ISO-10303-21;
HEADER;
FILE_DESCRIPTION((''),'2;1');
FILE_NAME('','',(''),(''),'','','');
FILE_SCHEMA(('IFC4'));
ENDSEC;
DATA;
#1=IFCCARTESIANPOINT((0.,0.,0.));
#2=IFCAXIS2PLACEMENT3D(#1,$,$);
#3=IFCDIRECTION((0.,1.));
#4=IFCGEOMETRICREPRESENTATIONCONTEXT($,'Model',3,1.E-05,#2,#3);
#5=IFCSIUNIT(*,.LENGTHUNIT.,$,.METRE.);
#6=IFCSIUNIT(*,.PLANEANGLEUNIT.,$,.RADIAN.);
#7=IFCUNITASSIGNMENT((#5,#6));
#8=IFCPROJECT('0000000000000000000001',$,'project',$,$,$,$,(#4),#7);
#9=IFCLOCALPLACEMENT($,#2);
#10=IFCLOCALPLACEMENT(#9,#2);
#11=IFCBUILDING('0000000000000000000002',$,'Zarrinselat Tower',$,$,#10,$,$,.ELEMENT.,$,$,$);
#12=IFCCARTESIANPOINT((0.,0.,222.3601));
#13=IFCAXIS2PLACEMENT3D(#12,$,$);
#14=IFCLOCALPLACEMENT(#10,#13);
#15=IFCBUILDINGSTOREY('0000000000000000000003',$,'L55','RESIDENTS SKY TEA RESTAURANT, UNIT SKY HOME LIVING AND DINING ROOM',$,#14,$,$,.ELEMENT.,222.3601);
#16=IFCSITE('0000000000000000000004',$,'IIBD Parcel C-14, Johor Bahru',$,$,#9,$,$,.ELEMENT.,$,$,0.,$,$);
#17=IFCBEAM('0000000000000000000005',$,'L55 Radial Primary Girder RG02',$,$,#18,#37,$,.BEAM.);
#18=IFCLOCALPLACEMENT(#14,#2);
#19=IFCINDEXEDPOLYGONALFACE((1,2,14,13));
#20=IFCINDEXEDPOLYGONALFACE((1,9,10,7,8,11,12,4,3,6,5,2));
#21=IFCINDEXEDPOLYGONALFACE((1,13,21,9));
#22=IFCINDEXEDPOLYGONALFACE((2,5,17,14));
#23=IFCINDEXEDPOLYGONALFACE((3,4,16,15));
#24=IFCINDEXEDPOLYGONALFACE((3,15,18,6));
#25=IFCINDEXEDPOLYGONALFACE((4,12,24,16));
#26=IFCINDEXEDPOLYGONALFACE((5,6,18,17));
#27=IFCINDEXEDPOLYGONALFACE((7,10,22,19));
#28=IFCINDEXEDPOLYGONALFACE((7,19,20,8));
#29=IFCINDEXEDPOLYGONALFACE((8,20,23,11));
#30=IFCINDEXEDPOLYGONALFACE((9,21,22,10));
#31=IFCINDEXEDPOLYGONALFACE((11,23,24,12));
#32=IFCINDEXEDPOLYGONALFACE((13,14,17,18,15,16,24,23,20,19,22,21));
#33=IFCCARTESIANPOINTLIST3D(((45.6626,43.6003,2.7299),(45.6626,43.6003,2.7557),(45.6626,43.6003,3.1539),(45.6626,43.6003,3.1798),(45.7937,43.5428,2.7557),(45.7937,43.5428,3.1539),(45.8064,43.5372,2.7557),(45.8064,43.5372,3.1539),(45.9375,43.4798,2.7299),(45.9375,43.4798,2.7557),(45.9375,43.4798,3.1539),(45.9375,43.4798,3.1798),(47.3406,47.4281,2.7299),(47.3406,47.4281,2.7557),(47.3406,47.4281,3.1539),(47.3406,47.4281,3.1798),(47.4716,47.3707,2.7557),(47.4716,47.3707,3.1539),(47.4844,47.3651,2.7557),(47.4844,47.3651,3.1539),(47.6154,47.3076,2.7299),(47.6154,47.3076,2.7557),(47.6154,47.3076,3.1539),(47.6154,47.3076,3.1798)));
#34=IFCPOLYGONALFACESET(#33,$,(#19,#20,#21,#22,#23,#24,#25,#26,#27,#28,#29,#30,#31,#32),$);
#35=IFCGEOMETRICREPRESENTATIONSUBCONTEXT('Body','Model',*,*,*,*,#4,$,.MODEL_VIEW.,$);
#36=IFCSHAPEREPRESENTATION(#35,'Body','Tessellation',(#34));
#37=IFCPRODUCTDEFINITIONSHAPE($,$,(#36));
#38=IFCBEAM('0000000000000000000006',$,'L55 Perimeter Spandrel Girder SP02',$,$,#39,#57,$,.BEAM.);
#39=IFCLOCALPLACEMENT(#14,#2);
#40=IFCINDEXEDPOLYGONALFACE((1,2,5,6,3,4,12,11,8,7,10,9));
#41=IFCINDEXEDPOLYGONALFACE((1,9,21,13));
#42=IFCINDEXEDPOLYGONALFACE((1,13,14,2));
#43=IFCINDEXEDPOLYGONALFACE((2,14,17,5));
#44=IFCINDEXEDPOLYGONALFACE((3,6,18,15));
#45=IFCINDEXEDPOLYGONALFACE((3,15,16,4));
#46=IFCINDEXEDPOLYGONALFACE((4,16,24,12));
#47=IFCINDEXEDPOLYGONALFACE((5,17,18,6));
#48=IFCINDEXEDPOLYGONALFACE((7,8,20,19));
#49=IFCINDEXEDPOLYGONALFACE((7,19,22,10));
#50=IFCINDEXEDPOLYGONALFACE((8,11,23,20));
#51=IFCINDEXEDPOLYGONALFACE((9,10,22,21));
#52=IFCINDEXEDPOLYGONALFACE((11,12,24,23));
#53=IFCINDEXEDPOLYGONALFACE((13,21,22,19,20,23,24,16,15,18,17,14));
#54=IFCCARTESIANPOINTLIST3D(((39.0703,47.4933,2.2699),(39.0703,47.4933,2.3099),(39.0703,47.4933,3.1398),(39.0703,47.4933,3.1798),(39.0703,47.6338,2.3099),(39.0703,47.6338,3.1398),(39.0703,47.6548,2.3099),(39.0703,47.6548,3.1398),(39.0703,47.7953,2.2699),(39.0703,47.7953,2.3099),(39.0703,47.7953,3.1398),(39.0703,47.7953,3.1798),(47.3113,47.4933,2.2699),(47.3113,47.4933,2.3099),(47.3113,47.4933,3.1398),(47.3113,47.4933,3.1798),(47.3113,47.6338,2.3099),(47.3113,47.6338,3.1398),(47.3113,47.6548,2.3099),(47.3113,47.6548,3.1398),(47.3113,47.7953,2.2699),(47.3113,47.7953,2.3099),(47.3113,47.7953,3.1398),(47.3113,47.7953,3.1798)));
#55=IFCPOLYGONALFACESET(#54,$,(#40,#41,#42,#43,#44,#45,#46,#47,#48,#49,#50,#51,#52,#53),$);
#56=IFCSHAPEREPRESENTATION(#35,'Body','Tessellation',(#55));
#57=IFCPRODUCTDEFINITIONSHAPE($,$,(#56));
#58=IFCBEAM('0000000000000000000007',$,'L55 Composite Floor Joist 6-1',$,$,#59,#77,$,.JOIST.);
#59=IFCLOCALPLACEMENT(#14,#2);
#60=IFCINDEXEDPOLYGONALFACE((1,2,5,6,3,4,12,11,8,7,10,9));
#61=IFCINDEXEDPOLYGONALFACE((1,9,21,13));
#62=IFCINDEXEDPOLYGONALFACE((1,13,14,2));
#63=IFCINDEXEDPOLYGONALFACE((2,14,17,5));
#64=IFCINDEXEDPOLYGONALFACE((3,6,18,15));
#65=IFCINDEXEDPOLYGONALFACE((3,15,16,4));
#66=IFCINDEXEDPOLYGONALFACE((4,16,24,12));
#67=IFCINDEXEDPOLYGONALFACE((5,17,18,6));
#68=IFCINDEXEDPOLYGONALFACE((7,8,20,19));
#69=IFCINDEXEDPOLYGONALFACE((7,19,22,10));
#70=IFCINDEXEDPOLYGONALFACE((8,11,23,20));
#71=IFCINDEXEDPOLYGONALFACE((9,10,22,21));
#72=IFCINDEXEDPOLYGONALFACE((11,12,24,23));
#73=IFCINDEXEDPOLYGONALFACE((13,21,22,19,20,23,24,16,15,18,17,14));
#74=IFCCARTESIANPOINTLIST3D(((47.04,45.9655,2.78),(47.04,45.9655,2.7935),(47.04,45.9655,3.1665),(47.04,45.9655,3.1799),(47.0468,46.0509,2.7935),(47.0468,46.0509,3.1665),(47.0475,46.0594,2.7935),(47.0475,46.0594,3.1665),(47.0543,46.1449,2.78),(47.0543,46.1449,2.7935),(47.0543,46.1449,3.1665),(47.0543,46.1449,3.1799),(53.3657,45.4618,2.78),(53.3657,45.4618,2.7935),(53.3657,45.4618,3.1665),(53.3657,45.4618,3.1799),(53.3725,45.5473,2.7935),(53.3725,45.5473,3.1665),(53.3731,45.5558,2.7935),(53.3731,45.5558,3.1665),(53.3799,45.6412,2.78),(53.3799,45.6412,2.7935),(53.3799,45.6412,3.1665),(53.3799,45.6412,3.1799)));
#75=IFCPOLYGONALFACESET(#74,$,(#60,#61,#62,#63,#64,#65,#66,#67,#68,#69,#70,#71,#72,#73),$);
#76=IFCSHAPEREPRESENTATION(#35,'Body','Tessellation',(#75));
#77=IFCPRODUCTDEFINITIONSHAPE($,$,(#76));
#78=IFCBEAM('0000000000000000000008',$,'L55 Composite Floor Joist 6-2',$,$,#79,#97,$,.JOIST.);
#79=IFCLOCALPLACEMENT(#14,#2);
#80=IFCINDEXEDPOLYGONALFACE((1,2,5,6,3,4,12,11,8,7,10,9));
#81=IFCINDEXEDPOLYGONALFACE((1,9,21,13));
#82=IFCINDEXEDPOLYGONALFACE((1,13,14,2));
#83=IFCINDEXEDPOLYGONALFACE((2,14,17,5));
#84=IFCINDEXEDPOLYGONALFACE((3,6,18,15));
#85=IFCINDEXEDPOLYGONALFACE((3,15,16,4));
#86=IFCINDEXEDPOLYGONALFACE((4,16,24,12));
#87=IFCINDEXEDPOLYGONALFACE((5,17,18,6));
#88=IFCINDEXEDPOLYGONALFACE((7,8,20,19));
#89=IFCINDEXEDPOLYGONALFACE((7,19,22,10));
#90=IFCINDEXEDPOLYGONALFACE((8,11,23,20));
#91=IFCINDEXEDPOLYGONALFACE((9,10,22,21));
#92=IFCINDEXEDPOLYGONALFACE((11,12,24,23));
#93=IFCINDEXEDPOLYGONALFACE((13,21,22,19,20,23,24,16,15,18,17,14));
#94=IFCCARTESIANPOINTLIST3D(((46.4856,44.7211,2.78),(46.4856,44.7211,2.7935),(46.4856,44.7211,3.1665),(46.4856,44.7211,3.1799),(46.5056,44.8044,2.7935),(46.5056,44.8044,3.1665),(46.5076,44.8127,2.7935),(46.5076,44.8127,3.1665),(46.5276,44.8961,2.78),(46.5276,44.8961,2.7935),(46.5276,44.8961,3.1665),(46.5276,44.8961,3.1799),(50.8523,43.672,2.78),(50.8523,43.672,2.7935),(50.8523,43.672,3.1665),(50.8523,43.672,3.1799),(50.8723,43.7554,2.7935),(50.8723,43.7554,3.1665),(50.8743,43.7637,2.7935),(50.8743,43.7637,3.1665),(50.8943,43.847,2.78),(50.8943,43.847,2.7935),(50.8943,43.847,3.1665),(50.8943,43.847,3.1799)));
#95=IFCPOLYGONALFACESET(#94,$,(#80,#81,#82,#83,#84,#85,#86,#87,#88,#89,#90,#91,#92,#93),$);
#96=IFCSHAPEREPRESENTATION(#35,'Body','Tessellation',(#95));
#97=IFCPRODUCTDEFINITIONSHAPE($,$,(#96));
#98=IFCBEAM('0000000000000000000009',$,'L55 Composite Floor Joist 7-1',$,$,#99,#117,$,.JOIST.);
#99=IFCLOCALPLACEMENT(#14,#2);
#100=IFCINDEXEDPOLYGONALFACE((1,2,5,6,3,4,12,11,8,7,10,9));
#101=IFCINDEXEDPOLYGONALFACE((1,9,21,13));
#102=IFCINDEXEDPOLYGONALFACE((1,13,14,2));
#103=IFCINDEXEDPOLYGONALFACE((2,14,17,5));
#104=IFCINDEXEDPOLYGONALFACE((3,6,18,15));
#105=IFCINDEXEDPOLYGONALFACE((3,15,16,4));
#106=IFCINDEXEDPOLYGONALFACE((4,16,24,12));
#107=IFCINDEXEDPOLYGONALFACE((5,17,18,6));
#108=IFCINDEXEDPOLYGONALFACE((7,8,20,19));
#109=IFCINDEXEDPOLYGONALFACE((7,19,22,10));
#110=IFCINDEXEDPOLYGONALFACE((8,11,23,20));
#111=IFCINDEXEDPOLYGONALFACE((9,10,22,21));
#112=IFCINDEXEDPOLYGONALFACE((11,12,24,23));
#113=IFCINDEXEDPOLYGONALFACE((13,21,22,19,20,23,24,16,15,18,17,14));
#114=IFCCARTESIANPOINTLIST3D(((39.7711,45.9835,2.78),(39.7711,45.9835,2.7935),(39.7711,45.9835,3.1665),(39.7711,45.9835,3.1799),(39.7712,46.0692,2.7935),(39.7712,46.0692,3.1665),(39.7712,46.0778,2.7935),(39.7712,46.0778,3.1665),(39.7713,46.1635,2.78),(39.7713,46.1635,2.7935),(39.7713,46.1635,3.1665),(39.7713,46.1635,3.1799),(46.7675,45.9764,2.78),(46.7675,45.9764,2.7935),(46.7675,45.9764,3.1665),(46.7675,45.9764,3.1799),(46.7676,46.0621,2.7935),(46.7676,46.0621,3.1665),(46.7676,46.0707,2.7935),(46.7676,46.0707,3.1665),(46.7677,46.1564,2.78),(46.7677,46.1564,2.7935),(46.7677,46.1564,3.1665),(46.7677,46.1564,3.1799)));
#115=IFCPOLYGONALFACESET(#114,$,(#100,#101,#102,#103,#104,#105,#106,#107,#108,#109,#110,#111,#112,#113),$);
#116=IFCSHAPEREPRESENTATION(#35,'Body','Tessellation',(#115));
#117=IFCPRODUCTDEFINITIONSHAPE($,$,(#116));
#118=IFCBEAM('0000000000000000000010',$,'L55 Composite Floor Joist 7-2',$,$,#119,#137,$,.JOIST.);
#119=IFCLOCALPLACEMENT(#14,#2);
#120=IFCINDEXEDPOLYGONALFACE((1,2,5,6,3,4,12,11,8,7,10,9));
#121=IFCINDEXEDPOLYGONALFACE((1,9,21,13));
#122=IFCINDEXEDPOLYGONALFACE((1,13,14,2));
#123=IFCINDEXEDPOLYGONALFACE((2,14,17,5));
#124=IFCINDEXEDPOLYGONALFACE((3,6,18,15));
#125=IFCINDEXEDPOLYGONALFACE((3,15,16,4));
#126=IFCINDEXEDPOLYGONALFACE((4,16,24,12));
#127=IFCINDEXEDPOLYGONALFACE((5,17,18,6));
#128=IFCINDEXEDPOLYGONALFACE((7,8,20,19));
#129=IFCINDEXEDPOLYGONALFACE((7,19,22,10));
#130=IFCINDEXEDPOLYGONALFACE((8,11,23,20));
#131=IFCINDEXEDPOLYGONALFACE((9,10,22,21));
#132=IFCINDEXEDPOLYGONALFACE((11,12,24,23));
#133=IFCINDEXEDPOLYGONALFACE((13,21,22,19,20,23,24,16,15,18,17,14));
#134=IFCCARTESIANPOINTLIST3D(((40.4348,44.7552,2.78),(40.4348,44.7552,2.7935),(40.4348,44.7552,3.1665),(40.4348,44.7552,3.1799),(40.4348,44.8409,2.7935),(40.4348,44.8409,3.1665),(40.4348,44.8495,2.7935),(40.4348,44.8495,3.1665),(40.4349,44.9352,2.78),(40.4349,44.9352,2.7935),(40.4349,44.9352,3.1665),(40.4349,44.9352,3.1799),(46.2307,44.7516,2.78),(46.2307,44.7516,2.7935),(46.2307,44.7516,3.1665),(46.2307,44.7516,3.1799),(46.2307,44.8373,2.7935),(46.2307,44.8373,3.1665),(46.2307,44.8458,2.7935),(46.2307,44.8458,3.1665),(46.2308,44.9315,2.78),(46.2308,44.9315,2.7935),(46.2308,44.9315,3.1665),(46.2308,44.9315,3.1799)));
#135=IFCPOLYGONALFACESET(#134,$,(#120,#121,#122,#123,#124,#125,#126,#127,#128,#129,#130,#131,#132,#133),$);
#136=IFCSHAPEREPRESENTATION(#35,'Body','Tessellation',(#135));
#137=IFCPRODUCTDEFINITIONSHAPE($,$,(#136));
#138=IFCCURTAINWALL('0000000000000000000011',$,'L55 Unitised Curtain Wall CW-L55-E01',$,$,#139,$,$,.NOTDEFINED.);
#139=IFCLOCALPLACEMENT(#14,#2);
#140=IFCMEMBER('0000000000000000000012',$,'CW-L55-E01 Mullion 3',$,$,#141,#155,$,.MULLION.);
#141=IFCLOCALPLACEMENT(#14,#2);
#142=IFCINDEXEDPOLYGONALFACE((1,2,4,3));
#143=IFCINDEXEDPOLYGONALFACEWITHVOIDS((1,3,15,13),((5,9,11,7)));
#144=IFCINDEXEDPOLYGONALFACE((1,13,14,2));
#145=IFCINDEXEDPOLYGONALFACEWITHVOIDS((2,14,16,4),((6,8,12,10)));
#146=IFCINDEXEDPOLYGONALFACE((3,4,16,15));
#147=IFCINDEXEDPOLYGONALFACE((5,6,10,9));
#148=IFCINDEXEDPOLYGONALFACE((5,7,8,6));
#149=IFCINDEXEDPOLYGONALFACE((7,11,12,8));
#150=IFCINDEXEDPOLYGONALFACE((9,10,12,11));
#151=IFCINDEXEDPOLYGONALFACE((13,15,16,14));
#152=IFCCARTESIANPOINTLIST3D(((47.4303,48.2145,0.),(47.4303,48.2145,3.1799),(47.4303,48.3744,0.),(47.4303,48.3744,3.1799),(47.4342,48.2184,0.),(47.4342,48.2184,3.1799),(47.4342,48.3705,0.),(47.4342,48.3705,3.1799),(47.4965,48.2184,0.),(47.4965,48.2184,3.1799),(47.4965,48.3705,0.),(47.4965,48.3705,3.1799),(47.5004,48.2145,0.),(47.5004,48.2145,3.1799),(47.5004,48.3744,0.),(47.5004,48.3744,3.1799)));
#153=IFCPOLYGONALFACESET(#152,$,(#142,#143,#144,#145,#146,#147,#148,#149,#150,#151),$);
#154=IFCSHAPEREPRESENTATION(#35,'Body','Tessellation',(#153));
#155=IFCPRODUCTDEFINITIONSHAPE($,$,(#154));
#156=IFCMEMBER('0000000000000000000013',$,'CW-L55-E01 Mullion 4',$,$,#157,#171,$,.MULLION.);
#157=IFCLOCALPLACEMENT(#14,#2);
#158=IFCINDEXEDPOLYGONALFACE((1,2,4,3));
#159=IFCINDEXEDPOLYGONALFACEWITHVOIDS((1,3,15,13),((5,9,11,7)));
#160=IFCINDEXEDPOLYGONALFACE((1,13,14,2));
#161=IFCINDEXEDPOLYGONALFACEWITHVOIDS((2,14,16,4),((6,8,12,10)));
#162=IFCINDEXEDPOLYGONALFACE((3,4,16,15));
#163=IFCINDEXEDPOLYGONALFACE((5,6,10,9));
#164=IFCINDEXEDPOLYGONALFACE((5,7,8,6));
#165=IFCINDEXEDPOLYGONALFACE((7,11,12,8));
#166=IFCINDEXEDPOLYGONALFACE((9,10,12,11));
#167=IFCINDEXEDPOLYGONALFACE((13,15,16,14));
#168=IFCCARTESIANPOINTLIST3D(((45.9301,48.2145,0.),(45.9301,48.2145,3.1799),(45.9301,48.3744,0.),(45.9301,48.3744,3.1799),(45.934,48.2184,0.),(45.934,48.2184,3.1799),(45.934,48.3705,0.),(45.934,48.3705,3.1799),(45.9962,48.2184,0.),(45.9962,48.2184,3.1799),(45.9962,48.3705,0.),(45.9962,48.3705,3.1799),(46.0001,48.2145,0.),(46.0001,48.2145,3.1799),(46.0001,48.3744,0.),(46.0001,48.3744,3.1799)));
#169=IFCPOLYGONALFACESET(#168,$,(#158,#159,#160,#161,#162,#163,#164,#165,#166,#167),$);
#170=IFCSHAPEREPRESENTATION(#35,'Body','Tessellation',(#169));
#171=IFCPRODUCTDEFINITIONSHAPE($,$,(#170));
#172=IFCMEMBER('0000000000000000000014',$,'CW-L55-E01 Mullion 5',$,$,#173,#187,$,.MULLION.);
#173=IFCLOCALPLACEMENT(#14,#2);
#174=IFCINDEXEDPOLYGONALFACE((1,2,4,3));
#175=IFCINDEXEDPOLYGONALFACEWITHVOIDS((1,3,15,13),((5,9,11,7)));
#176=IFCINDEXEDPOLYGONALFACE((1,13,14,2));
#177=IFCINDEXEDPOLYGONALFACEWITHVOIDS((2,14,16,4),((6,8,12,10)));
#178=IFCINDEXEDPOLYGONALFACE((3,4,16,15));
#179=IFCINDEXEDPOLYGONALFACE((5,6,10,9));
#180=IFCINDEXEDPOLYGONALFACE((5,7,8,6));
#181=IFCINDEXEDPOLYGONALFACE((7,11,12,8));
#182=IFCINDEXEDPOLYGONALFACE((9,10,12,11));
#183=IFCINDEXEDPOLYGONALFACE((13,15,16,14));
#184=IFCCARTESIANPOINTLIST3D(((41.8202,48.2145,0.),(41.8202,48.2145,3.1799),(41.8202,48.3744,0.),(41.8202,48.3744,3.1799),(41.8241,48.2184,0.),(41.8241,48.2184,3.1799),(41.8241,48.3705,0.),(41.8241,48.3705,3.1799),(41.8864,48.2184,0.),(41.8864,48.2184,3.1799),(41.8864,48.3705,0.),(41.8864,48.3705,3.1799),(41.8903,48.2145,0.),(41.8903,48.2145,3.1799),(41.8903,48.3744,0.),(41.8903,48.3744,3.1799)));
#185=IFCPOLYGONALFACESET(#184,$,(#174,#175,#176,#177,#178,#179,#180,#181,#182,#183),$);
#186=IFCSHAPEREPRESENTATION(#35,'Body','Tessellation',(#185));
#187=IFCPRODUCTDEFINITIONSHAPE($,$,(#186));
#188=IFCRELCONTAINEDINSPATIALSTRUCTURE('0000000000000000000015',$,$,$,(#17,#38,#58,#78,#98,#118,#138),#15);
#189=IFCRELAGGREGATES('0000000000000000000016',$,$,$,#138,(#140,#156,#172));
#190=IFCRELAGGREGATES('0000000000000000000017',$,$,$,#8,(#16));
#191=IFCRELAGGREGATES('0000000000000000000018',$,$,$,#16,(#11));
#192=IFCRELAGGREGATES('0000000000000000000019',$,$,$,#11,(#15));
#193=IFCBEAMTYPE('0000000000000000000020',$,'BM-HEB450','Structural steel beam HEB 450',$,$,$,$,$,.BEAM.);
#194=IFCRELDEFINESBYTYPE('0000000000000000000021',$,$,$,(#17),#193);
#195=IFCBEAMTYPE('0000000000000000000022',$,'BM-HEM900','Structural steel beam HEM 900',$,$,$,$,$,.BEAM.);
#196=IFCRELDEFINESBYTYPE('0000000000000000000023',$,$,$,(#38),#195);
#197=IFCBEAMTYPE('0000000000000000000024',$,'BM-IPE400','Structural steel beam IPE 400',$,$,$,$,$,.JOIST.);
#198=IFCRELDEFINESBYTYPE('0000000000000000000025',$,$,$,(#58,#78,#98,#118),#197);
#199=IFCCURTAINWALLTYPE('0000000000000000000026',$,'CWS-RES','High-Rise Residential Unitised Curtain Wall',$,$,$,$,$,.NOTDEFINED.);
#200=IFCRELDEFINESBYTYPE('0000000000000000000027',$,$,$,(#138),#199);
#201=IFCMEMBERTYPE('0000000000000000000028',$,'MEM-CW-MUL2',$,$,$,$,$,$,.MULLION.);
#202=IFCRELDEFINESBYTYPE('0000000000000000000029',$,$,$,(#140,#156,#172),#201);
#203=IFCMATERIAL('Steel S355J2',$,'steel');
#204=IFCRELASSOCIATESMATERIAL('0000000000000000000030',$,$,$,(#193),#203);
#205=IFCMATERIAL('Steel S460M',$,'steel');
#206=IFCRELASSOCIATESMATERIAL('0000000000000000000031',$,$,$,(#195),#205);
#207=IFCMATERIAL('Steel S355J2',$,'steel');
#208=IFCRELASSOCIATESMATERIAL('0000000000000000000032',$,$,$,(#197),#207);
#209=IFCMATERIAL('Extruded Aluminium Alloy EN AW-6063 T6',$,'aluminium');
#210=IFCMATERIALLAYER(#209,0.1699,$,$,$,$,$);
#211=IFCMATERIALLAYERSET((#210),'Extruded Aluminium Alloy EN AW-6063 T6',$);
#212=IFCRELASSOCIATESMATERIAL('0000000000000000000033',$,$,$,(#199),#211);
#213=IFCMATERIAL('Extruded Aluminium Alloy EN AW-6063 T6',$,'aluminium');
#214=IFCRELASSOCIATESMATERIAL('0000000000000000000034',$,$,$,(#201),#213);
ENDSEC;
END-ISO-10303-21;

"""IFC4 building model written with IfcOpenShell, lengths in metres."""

from ifc_helpers import new_model, si_unit, direction, frame, origin, origin_2d, place, context, subcontext, project, spatial, hollow_rectangle, i_section, extrude, material, layer, layer_set, material_profile, profile_set, type_object, element, aggregate, save


model = new_model("IFC4")

# Units and contexts
model_context = context("Model", 3, precision=1e-05, world=origin(), true_north=direction((0.0, 1.0)))
body_context = subcontext(model_context, "Body", "Model", "MODEL_VIEW")
ifc_project = project(units=[si_unit("LENGTHUNIT", "METRE"), si_unit("PLANEANGLEUNIT", "RADIAN")], contexts=[model_context])

# Site, building, storey
site_placement = place(None, origin())
site = spatial("IfcSite", under=ifc_project, at=site_placement, Name="IIBD Parcel C-14, Johor Bahru", CompositionType="ELEMENT", RefElevation=0.0)
building_placement = place(site_placement, origin())
building = spatial("IfcBuilding", under=site, at=building_placement, Name="Zarrinselat Tower", CompositionType="ELEMENT")
storey_placement = place(building_placement, frame((0.0, 0.0, 222.3601)))
storey = spatial("IfcBuildingStorey", under=building, at=storey_placement, Name="L55", Description="RESIDENTS SKY TEA RESTAURANT, UNIT SKY HOME LIVING AND DINING ROOM", CompositionType="ELEMENT", Elevation=222.3601)

# Beams
ifc_material_1 = material(Name="Steel S355J2", Category="steel")
ifc_material_profile_1 = material_profile(ifc_material_1, i_section(OverallWidth=0.3, OverallDepth=0.45, WebThickness=0.0139, FlangeThickness=0.0259, at=origin_2d()), Name="HEB 450")
ifc_profile_set_1 = profile_set([ifc_material_profile_1], Name="Steel S355J2")
beam_type_1 = type_object("IfcBeamType", Name="BM-HEB450", Description="Structural steel beam HEB 450", PredefinedType="BEAM", material=ifc_profile_set_1)
beam_1_placement = place(storey_placement, frame((45.8, 43.54, 2.9548), z_axis=(0.401478, 0.915869, 0.0), x_axis=(-0.915869, 0.401478, 0.0)))
element("IfcBeam", 1, at=beam_1_placement, inside=storey, type_object=beam_type_1, Name="L55 Radial Primary Girder RG02", PredefinedType="BEAM", context=body_context, shape_type="SweptSolid", body=[
    extrude(i_section(OverallWidth=0.3, OverallDepth=0.45, WebThickness=0.0139, FlangeThickness=0.0259, at=origin_2d()), origin(), (0.0, 0.0, 1.0), 4.1794),
])
ifc_material_2 = material(Name="Steel S460M", Category="steel")
ifc_material_profile_2 = material_profile(ifc_material_2, i_section(OverallWidth=0.302, OverallDepth=0.9099, WebThickness=0.021, FlangeThickness=0.04, at=origin_2d()), Name="HEM 900")
ifc_profile_set_2 = profile_set([ifc_material_profile_2], Name="Steel S460M")
beam_type_2 = type_object("IfcBeamType", Name="BM-HEM900", Description="Structural steel beam HEM 900", PredefinedType="BEAM", material=ifc_profile_set_2)
beam_2_placement = place(storey_placement, frame((39.0703, 47.6443, 2.7249), z_axis=(1.0, 0.0, 0.0), x_axis=(0.0, 1.0, 0.0)))
element("IfcBeam", 2, at=beam_2_placement, inside=storey, type_object=beam_type_2, Name="L55 Perimeter Spandrel Girder SP02", PredefinedType="BEAM", context=body_context, shape_type="SweptSolid", body=[
    extrude(i_section(OverallWidth=0.302, OverallDepth=0.9099, WebThickness=0.021, FlangeThickness=0.04, at=origin_2d()), origin(), (0.0, 0.0, 1.0), 8.241),
])
ifc_material_3 = material(Name="Steel S355J2", Category="steel")
ifc_material_profile_3 = material_profile(ifc_material_3, i_section(OverallWidth=0.1799, OverallDepth=0.3999, WebThickness=0.0085, FlangeThickness=0.0134, at=origin_2d()), Name="IPE 400")
ifc_profile_set_3 = profile_set([ifc_material_profile_3], Name="Steel S355J2")
beam_type_3 = type_object("IfcBeamType", Name="BM-IPE400", Description="Structural steel beam IPE 400", PredefinedType="JOIST", material=ifc_profile_set_3)
beam_3_placement = place(storey_placement, frame((47.0471, 46.0552, 2.98), z_axis=(0.996845, -0.079371, 0.0), x_axis=(0.079371, 0.996845, 0.0)))
element("IfcBeam", 3, at=beam_3_placement, inside=storey, type_object=beam_type_3, Name="L55 Composite Floor Joist 6-1", PredefinedType="JOIST", context=body_context, shape_type="SweptSolid", body=[
    extrude(i_section(OverallWidth=0.1799, OverallDepth=0.3999, WebThickness=0.0085, FlangeThickness=0.0134, at=origin_2d()), origin(), (0.0, 0.0, 1.0), 6.3457),
])
beam_4_placement = place(storey_placement, frame((46.5066, 44.8086, 2.98), z_axis=(0.972333, -0.233597, 0.0), x_axis=(0.233597, 0.972333, 0.0)))
element("IfcBeam", 4, at=beam_4_placement, inside=storey, type_object=beam_type_3, Name="L55 Composite Floor Joist 6-2", PredefinedType="JOIST", context=body_context, shape_type="SweptSolid", body=[
    extrude(i_section(OverallWidth=0.1799, OverallDepth=0.3999, WebThickness=0.0085, FlangeThickness=0.0134, at=origin_2d()), origin(), (0.0, 0.0, 1.0), 4.491),
])
beam_5_placement = place(storey_placement, frame((39.7712, 46.0735, 2.98), z_axis=(0.999999, -0.001012, 0.0), x_axis=(0.001012, 0.999999, 0.0)))
element("IfcBeam", 5, at=beam_5_placement, inside=storey, type_object=beam_type_3, Name="L55 Composite Floor Joist 7-1", PredefinedType="JOIST", context=body_context, shape_type="SweptSolid", body=[
    extrude(i_section(OverallWidth=0.1799, OverallDepth=0.3999, WebThickness=0.0085, FlangeThickness=0.0134, at=origin_2d()), origin(), (0.0, 0.0, 1.0), 6.9963),
])
beam_6_placement = place(storey_placement, frame((40.4348, 44.8452, 2.98), z_axis=(1.0, -0.000632, 0.0), x_axis=(0.000632, 1.0, 0.0)))
element("IfcBeam", 6, at=beam_6_placement, inside=storey, type_object=beam_type_3, Name="L55 Composite Floor Joist 7-2", PredefinedType="JOIST", context=body_context, shape_type="SweptSolid", body=[
    extrude(i_section(OverallWidth=0.1799, OverallDepth=0.3999, WebThickness=0.0085, FlangeThickness=0.0134, at=origin_2d()), origin(), (0.0, 0.0, 1.0), 5.7959),
])

# Curtain wall, members
ifc_material_4 = material(Name="Extruded Aluminium Alloy EN AW-6063 T6", Category="aluminium")
ifc_layer_1 = layer(ifc_material_4, 0.1699)
ifc_layer_set_1 = layer_set([ifc_layer_1], Name="Extruded Aluminium Alloy EN AW-6063 T6")
curtain_wall_type = type_object("IfcCurtainWallType", Name="CWS-RES", Description="High-Rise Residential Unitised Curtain Wall", PredefinedType="NOTDEFINED", material=ifc_layer_set_1)
curtain_wall_placement = place(storey_placement, origin())
curtain_wall = element("IfcCurtainWall", 7, at=curtain_wall_placement, inside=storey, type_object=curtain_wall_type, Name="L55 Unitised Curtain Wall CW-L55-E01", PredefinedType="NOTDEFINED")
ifc_material_5 = material(Name="Extruded Aluminium Alloy EN AW-6063 T6", Category="aluminium")
ifc_material_profile_4 = material_profile(ifc_material_5, hollow_rectangle(XDim=0.0701, YDim=0.1599, WallThickness=0.0039, at=origin_2d()), Name="RHS 160x70x4")
ifc_profile_set_4 = profile_set([ifc_material_profile_4], Name="Extruded Aluminium Alloy EN AW-6063 T6")
member_type_1 = type_object("IfcMemberType", Name="MEM-CW-MUL2", PredefinedType="MULLION", material=ifc_profile_set_4)
member_1_placement = place(storey_placement, frame((47.4653, 48.2944, 0.0), z_axis=(0.0, 0.0, 1.0), x_axis=(-1.0, 0.0, 0.0)))
member_1 = element("IfcMember", 8, at=member_1_placement, type_object=member_type_1, Name="CW-L55-E01 Mullion 3", PredefinedType="MULLION", context=body_context, shape_type="SweptSolid", body=[
    extrude(hollow_rectangle(XDim=0.0701, YDim=0.1599, WallThickness=0.0039, at=origin_2d()), origin(), (0.0, 0.0, 1.0), 3.1799),
])
member_2_placement = place(storey_placement, frame((45.9651, 48.2944, 0.0), z_axis=(0.0, 0.0, 1.0), x_axis=(-1.0, 0.0, 0.0)))
member_2 = element("IfcMember", 9, at=member_2_placement, type_object=member_type_1, Name="CW-L55-E01 Mullion 4", PredefinedType="MULLION", context=body_context, shape_type="SweptSolid", body=[
    extrude(hollow_rectangle(XDim=0.0701, YDim=0.1599, WallThickness=0.0039, at=origin_2d()), origin(), (0.0, 0.0, 1.0), 3.1799),
])
member_3_placement = place(storey_placement, frame((41.8552, 48.2944, 0.0), z_axis=(0.0, 0.0, 1.0), x_axis=(-1.0, 0.0, 0.0)))
member_3 = element("IfcMember", 10, at=member_3_placement, type_object=member_type_1, Name="CW-L55-E01 Mullion 5", PredefinedType="MULLION", context=body_context, shape_type="SweptSolid", body=[
    extrude(hollow_rectangle(XDim=0.0701, YDim=0.1599, WallThickness=0.0039, at=origin_2d()), origin(), (0.0, 0.0, 1.0), 3.1799),
])
aggregate(curtain_wall, [member_1, member_2, member_3])

save(model, "model.ifc")
